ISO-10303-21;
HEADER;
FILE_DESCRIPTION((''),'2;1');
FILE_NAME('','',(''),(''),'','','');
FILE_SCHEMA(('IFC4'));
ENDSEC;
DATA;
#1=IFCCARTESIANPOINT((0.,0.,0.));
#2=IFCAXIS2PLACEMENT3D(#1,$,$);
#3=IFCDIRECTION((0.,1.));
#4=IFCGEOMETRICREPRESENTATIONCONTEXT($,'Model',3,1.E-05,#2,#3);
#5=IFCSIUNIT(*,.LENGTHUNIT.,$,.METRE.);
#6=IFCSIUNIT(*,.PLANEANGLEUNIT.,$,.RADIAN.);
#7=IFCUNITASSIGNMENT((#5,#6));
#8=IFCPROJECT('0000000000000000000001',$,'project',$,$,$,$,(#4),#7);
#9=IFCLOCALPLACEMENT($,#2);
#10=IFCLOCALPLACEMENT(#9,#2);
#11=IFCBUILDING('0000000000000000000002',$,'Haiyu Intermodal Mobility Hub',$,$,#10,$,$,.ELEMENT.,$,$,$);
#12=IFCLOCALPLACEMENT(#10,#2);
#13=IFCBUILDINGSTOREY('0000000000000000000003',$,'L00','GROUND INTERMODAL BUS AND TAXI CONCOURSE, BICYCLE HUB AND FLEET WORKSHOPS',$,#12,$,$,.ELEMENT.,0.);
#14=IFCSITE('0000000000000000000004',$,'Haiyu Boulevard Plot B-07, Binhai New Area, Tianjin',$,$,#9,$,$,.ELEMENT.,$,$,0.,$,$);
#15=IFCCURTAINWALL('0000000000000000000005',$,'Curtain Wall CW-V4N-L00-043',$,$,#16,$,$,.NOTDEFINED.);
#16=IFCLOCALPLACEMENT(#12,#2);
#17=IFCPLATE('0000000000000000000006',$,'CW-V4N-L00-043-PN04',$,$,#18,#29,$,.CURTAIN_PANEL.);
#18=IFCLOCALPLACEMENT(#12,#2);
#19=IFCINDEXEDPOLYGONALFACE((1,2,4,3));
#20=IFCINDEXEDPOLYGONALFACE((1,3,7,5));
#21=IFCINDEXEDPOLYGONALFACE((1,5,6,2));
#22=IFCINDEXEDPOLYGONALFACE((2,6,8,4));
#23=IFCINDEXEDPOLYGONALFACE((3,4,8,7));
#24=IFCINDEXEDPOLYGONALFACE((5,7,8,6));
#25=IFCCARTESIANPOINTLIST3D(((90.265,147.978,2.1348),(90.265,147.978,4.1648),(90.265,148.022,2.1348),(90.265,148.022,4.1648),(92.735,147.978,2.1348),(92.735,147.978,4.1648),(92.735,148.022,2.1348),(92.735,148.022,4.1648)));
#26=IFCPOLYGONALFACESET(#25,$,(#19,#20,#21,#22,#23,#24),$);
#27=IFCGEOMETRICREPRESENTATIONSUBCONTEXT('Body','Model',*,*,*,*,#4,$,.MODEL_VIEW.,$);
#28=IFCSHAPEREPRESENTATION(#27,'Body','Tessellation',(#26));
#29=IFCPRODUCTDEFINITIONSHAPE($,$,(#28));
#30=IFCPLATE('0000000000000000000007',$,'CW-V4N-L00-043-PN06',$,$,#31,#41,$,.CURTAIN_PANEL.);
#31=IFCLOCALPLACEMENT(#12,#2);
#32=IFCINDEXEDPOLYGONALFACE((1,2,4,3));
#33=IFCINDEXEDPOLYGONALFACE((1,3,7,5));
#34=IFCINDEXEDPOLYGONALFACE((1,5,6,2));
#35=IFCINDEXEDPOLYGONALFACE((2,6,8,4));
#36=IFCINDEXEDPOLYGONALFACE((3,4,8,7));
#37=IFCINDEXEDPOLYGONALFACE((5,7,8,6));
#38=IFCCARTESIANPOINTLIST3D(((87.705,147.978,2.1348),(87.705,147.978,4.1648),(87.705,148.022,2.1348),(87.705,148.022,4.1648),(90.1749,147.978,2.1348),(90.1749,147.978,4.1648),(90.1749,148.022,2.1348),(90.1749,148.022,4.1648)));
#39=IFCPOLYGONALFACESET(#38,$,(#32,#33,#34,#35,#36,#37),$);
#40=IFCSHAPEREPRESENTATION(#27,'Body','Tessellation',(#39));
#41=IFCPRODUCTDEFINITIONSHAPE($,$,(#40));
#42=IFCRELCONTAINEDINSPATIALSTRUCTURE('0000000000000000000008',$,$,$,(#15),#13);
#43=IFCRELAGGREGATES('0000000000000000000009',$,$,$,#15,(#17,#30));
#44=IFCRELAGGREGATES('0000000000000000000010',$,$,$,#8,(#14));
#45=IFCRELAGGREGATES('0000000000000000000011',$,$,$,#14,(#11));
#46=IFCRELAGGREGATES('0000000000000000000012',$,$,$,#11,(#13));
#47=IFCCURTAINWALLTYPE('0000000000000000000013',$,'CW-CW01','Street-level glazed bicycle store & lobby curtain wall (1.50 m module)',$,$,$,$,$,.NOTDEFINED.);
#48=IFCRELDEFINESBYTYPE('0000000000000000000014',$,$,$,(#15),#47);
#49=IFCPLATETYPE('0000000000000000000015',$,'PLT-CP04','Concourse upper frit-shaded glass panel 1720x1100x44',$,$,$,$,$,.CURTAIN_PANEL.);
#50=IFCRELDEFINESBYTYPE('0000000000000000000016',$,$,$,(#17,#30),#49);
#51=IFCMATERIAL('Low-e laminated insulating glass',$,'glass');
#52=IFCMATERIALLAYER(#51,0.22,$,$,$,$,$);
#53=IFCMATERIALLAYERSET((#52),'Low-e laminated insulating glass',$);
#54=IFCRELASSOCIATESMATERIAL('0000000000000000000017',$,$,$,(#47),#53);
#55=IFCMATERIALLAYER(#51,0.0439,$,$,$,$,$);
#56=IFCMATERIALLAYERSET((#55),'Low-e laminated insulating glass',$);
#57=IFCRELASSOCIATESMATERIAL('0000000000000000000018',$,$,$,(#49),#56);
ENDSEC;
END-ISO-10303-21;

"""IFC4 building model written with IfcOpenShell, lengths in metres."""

from ifc_helpers import new_model, si_unit, direction, frame, origin, origin_2d, place, context, subcontext, project, spatial, rectangle, extrude, material, layer, layer_set, type_object, element, aggregate, save


model = new_model("IFC4")

# Units and contexts
model_context = context("Model", 3, precision=1e-05, world=origin(), true_north=direction((0.0, 1.0)))
body_context = subcontext(model_context, "Body", "Model", "MODEL_VIEW")
ifc_project = project(units=[si_unit("LENGTHUNIT", "METRE"), si_unit("PLANEANGLEUNIT", "RADIAN")], contexts=[model_context])

# Site, building, storey
site_placement = place(None, origin())
site = spatial("IfcSite", under=ifc_project, at=site_placement, Name="Haiyu Boulevard Plot B-07, Binhai New Area, Tianjin", CompositionType="ELEMENT", RefElevation=0.0)
building_placement = place(site_placement, origin())
building = spatial("IfcBuilding", under=site, at=building_placement, Name="Haiyu Intermodal Mobility Hub", CompositionType="ELEMENT")
storey_placement = place(building_placement, origin())
storey = spatial("IfcBuildingStorey", under=building, at=storey_placement, Name="L00", Description="GROUND INTERMODAL BUS AND TAXI CONCOURSE, BICYCLE HUB AND FLEET WORKSHOPS", CompositionType="ELEMENT", Elevation=0.0)

# Curtain wall
ifc_material_1 = material(Name="Low-e laminated insulating glass", Category="glass")
ifc_layer_1 = layer(ifc_material_1, 0.22)
ifc_layer_set_1 = layer_set([ifc_layer_1], Name="Low-e laminated insulating glass")
curtain_wall_type = type_object("IfcCurtainWallType", Name="CW-CW01", Description="Street-level glazed bicycle store & lobby curtain wall (1.50 m module)", PredefinedType="NOTDEFINED", material=ifc_layer_set_1)
curtain_wall_1_placement = place(storey_placement, origin())
curtain_wall_1 = element("IfcCurtainWall", 1, at=curtain_wall_1_placement, inside=storey, type_object=curtain_wall_type, Name="Curtain Wall CW-V4N-L00-043", PredefinedType="NOTDEFINED")

# Plates
ifc_layer_2 = layer(ifc_material_1, 0.0439)
ifc_layer_set_2 = layer_set([ifc_layer_2], Name="Low-e laminated insulating glass")
plate_type_1 = type_object("IfcPlateType", Name="PLT-CP04", Description="Concourse upper frit-shaded glass panel 1720x1100x44", PredefinedType="CURTAIN_PANEL", material=ifc_layer_set_2)
plate_1_placement = place(storey_placement, frame((91.5, 148.0, 2.1348), z_axis=(0.0, 0.0, 1.0), x_axis=(-1.0, 0.0, 0.0)))
plate_1 = element("IfcPlate", 2, at=plate_1_placement, type_object=plate_type_1, Name="CW-V4N-L00-043-PN04", PredefinedType="CURTAIN_PANEL", context=body_context, shape_type="SweptSolid", body=[
    extrude(rectangle(XDim=2.47, YDim=0.0439, at=origin_2d()), origin(), (0.0, 0.0, 1.0), 2.03),
])
plate_2_placement = place(storey_placement, frame((88.9399, 148.0, 2.1348), z_axis=(0.0, 0.0, 1.0), x_axis=(-1.0, 0.0, 0.0)))
plate_2 = element("IfcPlate", 3, at=plate_2_placement, type_object=plate_type_1, Name="CW-V4N-L00-043-PN06", PredefinedType="CURTAIN_PANEL", context=body_context, shape_type="SweptSolid", body=[
    extrude(rectangle(XDim=2.47, YDim=0.0439, at=origin_2d()), origin(), (0.0, 0.0, 1.0), 2.03),
])
aggregate(curtain_wall_1, [plate_1, plate_2])

save(model, "model.ifc")
